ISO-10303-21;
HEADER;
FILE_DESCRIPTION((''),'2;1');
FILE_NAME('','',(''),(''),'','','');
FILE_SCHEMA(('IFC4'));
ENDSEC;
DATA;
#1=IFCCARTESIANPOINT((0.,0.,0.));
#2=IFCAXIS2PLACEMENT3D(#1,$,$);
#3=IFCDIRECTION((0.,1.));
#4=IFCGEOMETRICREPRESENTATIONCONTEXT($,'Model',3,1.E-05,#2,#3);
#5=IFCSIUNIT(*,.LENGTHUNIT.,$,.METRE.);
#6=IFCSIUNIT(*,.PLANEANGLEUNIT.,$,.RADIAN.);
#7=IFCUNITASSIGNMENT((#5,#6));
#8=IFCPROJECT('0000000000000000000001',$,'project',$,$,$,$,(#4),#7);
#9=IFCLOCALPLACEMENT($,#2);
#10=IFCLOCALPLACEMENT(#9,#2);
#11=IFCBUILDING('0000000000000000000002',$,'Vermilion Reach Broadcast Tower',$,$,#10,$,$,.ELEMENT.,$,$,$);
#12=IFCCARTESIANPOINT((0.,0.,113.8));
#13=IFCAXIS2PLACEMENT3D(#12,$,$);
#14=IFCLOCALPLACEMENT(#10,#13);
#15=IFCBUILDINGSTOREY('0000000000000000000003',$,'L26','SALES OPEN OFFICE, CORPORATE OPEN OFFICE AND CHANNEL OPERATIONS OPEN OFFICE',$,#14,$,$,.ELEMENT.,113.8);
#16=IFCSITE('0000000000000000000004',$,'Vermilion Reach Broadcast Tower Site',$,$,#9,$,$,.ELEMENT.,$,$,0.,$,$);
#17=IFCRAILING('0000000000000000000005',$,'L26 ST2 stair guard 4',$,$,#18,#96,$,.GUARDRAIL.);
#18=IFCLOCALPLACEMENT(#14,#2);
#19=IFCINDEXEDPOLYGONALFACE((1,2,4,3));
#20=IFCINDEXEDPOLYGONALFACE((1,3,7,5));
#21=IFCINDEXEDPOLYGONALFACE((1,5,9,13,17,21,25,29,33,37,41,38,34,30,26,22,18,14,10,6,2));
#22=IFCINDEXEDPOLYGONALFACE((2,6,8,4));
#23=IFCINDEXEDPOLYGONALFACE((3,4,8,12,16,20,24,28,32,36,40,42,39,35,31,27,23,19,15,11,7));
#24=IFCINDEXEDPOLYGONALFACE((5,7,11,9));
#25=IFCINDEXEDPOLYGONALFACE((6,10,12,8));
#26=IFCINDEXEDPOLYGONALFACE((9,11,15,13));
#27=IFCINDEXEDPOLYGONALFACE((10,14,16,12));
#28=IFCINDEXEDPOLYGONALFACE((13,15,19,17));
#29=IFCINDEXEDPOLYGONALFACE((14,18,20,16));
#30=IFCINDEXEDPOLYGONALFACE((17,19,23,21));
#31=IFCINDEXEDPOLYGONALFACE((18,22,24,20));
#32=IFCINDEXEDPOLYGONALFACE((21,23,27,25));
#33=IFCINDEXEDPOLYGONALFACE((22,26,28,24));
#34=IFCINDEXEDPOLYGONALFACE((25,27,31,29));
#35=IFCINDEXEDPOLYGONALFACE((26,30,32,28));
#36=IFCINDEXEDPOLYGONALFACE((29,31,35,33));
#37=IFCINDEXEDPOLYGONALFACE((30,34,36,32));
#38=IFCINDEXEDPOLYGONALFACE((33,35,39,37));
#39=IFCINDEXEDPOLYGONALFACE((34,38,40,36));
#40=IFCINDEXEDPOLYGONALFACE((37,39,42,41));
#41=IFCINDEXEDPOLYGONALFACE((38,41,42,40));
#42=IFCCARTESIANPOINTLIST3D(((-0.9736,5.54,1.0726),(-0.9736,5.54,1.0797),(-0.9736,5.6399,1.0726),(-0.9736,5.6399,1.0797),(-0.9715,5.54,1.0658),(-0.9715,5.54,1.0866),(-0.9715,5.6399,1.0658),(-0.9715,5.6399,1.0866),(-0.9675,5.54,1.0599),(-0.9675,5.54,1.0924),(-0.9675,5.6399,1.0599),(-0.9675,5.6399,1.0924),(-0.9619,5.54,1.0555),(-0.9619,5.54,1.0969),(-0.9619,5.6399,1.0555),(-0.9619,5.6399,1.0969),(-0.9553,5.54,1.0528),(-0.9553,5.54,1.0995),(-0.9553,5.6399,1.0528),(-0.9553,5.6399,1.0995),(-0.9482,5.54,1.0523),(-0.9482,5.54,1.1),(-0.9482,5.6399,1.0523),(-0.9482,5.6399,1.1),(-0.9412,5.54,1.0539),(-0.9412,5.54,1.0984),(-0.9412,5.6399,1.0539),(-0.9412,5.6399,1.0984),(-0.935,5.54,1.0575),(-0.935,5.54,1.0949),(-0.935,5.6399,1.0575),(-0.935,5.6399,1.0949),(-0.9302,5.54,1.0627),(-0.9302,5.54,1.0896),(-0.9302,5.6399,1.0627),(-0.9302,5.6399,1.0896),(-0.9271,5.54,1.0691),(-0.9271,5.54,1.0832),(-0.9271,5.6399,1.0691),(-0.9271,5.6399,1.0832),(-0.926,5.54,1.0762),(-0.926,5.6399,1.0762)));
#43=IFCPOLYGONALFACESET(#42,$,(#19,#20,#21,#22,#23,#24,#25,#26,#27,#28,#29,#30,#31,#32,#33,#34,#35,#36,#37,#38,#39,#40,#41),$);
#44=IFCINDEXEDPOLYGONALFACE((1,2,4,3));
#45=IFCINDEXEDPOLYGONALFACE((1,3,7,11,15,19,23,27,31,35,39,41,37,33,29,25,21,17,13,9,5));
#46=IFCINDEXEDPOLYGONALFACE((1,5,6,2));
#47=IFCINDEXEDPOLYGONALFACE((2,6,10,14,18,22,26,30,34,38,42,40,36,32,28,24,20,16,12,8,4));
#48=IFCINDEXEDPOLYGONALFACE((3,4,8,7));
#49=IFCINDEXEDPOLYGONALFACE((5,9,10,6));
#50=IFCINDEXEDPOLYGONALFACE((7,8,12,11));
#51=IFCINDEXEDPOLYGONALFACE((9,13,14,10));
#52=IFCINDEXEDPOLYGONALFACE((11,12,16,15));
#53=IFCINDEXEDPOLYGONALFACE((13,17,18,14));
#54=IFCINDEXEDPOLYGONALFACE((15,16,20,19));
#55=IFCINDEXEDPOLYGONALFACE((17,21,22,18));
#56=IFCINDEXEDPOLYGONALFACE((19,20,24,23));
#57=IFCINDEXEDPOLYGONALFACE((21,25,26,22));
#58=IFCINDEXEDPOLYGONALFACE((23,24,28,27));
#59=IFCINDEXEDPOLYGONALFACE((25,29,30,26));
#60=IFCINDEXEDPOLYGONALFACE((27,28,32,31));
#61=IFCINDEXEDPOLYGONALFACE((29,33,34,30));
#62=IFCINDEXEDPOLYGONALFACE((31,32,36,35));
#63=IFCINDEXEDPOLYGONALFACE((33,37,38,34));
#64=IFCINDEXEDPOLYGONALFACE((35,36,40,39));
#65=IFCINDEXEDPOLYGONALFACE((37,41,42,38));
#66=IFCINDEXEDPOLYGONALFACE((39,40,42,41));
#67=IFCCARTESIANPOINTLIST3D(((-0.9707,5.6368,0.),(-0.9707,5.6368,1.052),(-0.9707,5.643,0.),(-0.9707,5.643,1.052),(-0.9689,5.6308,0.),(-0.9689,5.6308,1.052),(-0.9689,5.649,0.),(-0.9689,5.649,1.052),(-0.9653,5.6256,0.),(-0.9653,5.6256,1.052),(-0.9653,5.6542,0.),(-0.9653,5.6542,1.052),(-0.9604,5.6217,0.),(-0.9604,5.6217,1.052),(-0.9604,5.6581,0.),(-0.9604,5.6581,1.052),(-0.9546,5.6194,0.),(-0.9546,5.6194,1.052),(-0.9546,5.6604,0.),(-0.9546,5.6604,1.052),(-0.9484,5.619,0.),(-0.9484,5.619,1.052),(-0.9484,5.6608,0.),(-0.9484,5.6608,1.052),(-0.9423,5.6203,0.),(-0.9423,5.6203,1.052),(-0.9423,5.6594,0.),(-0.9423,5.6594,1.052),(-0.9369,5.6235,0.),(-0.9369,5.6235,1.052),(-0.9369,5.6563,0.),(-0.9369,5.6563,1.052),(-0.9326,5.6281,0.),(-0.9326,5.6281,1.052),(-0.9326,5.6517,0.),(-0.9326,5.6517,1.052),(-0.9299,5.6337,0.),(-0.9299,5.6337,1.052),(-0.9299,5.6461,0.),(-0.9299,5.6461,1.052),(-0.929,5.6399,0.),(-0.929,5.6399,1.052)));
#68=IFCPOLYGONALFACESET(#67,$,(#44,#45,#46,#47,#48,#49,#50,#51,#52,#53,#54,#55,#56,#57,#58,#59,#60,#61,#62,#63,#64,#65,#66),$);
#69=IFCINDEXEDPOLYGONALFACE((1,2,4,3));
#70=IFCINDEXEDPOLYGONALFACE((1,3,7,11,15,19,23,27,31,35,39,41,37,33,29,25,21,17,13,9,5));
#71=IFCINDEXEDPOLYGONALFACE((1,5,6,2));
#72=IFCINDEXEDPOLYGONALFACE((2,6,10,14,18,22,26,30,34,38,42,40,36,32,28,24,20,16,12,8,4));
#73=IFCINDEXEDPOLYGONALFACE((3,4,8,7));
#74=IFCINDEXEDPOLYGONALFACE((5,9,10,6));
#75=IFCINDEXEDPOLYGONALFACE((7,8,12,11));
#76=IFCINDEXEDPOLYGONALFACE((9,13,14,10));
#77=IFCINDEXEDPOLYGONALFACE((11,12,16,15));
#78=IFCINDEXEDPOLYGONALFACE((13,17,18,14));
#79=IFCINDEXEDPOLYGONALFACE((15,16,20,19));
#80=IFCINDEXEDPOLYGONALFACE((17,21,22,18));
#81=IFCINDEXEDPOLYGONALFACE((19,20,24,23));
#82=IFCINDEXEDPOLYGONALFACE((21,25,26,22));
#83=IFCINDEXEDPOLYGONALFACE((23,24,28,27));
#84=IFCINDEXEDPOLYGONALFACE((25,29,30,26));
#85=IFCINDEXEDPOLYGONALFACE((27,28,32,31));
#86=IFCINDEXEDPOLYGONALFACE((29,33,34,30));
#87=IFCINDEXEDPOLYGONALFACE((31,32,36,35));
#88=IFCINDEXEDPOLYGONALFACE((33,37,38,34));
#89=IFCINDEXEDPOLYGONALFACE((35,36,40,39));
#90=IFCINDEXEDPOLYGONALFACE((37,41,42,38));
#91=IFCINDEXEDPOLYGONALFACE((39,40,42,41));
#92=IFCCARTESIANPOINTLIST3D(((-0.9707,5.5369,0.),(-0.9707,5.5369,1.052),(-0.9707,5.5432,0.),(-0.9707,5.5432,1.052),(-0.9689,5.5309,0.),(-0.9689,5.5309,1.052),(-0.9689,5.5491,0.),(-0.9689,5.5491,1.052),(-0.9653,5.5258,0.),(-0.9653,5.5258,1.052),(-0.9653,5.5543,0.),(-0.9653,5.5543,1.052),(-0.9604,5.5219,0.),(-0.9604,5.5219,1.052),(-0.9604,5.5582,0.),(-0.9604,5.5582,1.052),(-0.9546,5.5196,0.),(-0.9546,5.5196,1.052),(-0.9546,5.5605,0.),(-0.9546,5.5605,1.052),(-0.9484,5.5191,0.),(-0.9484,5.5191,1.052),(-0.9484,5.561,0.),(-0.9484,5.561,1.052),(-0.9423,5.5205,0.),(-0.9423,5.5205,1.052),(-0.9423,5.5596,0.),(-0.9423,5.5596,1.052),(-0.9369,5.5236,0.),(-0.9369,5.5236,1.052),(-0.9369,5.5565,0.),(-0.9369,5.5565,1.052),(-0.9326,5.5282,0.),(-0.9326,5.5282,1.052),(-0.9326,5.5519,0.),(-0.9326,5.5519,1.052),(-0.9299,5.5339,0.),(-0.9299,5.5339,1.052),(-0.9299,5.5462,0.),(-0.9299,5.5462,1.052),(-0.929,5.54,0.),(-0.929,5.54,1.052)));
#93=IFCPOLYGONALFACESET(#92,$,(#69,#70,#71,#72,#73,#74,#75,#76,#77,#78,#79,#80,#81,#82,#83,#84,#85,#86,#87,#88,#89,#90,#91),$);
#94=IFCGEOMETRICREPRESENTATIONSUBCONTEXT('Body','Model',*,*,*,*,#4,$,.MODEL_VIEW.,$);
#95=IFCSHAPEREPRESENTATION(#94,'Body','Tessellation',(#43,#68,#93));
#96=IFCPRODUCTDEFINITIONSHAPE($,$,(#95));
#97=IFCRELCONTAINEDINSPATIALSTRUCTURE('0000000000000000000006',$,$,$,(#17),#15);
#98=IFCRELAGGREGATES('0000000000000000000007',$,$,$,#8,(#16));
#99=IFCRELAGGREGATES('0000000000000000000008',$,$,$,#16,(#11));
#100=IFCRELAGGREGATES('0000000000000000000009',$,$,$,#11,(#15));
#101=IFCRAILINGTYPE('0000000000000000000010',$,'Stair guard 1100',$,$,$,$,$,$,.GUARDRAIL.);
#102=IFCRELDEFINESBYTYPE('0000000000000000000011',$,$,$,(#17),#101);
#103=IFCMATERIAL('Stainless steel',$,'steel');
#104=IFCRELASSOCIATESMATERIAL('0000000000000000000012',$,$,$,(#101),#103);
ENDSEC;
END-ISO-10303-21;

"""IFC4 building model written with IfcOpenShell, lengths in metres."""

from ifc_helpers import new_model, si_unit, direction, frame, origin, origin_2d, place, context, subcontext, project, spatial, circle, extrude, material, type_object, element, save


model = new_model("IFC4")

# Units and contexts
model_context = context("Model", 3, precision=1e-05, world=origin(), true_north=direction((0.0, 1.0)))
body_context = subcontext(model_context, "Body", "Model", "MODEL_VIEW")
ifc_project = project(units=[si_unit("LENGTHUNIT", "METRE"), si_unit("PLANEANGLEUNIT", "RADIAN")], contexts=[model_context])

# Site, building, storey
site_placement = place(None, origin())
site = spatial("IfcSite", under=ifc_project, at=site_placement, Name="Vermilion Reach Broadcast Tower Site", CompositionType="ELEMENT", RefElevation=0.0)
building_placement = place(site_placement, origin())
building = spatial("IfcBuilding", under=site, at=building_placement, Name="Vermilion Reach Broadcast Tower", CompositionType="ELEMENT")
storey_placement = place(building_placement, frame((0.0, 0.0, 113.8)))
storey = spatial("IfcBuildingStorey", under=building, at=storey_placement, Name="L26", Description="SALES OPEN OFFICE, CORPORATE OPEN OFFICE AND CHANNEL OPERATIONS OPEN OFFICE", CompositionType="ELEMENT", Elevation=113.8)

# Railing
ifc_material_1 = material(Name="Stainless steel", Category="steel")
railing_type_1 = type_object("IfcRailingType", Name="Stair guard 1100", PredefinedType="GUARDRAIL", material=ifc_material_1)
railing_1_placement = place(storey_placement, frame((-0.95, 5.6399, 0.0)))
element("IfcRailing", 1, at=railing_1_placement, inside=storey, type_object=railing_type_1, Name="L26 ST2 stair guard 4", PredefinedType="GUARDRAIL", context=body_context, shape_type="SweptSolid", body=[
    extrude(circle(Radius=0.0239, at=origin_2d()), frame((0.0, 0.0, 1.0762), z_axis=(0.0, -1.0, 0.0), x_axis=(1.0, 0.0, 0.0)), (0.0, 0.0, 1.0), 0.0999),
    extrude(circle(Radius=0.021, at=origin_2d()), origin(), (0.0, 0.0, 1.0), 1.052),
    extrude(circle(Radius=0.021, at=origin_2d()), frame((0.0, -0.0999, 0.0)), (0.0, 0.0, 1.0), 1.052),
])

save(model, "model.ifc")
